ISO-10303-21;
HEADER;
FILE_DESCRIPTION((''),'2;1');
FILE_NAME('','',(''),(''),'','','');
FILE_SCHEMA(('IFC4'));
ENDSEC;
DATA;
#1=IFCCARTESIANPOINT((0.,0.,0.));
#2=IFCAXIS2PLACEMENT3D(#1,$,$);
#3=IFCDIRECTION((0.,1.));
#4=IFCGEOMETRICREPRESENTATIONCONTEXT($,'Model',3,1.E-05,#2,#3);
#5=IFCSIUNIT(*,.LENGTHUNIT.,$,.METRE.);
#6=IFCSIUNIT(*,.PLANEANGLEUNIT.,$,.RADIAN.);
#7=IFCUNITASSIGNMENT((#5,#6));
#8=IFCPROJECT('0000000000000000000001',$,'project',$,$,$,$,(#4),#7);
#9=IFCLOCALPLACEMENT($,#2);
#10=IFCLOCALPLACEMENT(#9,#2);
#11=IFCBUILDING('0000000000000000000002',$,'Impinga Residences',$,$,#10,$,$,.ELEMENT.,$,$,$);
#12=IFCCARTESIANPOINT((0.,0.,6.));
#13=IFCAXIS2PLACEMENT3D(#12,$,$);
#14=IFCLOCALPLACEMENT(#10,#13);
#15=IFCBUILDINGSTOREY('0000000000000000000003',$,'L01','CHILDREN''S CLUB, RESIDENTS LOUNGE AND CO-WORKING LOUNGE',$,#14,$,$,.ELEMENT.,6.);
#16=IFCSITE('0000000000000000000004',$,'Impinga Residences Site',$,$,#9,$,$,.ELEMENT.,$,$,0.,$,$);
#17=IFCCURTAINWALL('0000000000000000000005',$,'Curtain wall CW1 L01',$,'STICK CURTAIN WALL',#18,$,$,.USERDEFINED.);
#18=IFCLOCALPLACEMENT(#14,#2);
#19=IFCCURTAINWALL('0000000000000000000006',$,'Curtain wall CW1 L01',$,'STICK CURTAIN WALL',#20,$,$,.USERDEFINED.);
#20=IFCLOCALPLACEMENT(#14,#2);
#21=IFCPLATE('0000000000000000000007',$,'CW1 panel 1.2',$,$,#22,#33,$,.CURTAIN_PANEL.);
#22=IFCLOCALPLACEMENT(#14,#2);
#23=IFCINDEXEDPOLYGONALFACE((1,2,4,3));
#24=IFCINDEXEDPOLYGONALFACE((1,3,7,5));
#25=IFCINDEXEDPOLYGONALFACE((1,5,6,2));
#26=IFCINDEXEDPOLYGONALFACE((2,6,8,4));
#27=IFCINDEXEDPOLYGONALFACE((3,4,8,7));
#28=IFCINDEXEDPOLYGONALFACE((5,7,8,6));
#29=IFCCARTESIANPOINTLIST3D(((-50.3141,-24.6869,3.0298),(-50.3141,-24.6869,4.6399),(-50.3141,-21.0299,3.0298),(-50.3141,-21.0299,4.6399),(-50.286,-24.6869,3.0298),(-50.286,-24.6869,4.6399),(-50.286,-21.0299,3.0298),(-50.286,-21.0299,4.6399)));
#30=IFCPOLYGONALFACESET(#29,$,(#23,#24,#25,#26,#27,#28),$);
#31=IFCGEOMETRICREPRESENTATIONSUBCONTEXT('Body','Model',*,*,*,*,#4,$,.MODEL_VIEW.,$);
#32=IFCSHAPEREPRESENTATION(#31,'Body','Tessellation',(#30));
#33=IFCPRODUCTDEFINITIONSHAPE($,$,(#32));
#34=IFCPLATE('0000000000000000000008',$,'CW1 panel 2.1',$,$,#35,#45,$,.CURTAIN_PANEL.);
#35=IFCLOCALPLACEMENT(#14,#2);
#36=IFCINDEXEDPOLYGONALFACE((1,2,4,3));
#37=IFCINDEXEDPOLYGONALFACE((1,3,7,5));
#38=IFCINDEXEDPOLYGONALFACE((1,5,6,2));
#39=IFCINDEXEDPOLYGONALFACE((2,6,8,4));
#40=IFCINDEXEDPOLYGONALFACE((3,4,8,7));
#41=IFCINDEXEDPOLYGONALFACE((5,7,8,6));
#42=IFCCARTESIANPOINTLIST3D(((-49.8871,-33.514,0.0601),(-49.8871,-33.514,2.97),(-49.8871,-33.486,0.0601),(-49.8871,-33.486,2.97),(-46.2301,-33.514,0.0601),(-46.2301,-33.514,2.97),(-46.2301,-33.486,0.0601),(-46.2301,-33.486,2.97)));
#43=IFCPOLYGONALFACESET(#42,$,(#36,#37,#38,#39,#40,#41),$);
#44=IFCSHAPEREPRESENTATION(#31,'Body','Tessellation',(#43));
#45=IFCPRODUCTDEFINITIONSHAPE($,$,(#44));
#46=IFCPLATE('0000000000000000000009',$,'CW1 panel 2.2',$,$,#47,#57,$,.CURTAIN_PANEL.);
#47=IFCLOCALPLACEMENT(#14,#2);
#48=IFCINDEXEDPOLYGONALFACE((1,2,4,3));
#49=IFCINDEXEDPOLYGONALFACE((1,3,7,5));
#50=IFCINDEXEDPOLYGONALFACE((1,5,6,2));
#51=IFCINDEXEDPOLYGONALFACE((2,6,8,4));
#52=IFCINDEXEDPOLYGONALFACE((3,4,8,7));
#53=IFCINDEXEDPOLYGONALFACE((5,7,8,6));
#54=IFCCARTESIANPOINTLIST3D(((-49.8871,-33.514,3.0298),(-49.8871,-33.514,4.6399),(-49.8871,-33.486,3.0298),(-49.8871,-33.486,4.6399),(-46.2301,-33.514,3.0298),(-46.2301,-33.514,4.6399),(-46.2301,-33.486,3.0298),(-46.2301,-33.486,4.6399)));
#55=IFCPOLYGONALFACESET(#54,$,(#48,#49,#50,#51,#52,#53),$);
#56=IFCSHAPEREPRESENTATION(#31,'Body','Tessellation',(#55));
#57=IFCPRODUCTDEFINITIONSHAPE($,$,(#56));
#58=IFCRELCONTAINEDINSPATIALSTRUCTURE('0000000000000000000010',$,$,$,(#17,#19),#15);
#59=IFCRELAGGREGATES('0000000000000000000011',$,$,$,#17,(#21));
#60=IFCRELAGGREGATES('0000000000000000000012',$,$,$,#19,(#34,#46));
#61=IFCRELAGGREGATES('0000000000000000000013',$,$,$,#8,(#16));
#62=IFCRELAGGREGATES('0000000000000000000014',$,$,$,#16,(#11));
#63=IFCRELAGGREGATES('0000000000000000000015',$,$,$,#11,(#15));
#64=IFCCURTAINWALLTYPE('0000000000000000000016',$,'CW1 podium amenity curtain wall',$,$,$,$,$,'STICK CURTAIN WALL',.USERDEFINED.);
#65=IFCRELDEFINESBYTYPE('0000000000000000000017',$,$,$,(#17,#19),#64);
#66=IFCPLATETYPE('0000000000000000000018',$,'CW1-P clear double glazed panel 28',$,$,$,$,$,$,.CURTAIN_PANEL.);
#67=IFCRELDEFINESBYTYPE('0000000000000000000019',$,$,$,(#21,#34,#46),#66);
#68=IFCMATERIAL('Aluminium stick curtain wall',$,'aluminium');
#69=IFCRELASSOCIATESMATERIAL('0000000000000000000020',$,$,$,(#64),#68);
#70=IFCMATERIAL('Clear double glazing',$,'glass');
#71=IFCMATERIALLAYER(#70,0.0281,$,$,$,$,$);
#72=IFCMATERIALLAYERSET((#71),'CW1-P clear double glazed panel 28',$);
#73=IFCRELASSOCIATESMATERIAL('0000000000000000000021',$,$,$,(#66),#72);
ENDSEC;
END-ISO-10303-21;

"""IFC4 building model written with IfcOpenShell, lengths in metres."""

from ifc_helpers import new_model, si_unit, direction, frame, origin, origin_2d, place, context, subcontext, project, spatial, rectangle, extrude, material, layer, layer_set, type_object, element, aggregate, save


model = new_model("IFC4")

# Units and contexts
model_context = context("Model", 3, precision=1e-05, world=origin(), true_north=direction((0.0, 1.0)))
body_context = subcontext(model_context, "Body", "Model", "MODEL_VIEW")
ifc_project = project(units=[si_unit("LENGTHUNIT", "METRE"), si_unit("PLANEANGLEUNIT", "RADIAN")], contexts=[model_context])

# Site, building, storey
site_placement = place(None, origin())
site = spatial("IfcSite", under=ifc_project, at=site_placement, Name="Impinga Residences Site", CompositionType="ELEMENT", RefElevation=0.0)
building_placement = place(site_placement, origin())
building = spatial("IfcBuilding", under=site, at=building_placement, Name="Impinga Residences", CompositionType="ELEMENT")
storey_placement = place(building_placement, frame((0.0, 0.0, 6.0)))
storey = spatial("IfcBuildingStorey", under=building, at=storey_placement, Name="L01", Description="CHILDREN'S CLUB, RESIDENTS LOUNGE AND CO-WORKING LOUNGE", CompositionType="ELEMENT", Elevation=6.0)

# Curtain walls
ifc_material_1 = material(Name="Aluminium stick curtain wall", Category="aluminium")
curtain_wall_type = type_object("IfcCurtainWallType", Name="CW1 podium amenity curtain wall", ElementType="STICK CURTAIN WALL", PredefinedType="USERDEFINED", material=ifc_material_1)
curtain_wall_1_placement = place(storey_placement, origin())
curtain_wall_1 = element("IfcCurtainWall", 1, at=curtain_wall_1_placement, inside=storey, type_object=curtain_wall_type, Name="Curtain wall CW1 L01", ObjectType="STICK CURTAIN WALL", PredefinedType="USERDEFINED")
curtain_wall_2_placement = place(storey_placement, origin())
curtain_wall_2 = element("IfcCurtainWall", 2, at=curtain_wall_2_placement, inside=storey, type_object=curtain_wall_type, Name="Curtain wall CW1 L01", ObjectType="STICK CURTAIN WALL", PredefinedType="USERDEFINED")

# Plates
ifc_material_2 = material(Name="Clear double glazing", Category="glass")
ifc_layer = layer(ifc_material_2, 0.0281)
ifc_layer_set = layer_set([ifc_layer], Name="CW1-P clear double glazed panel 28")
plate_type = type_object("IfcPlateType", Name="CW1-P clear double glazed panel 28", PredefinedType="CURTAIN_PANEL", material=ifc_layer_set)
plate_1_placement = place(storey_placement, frame((-50.3, -22.8584, 3.0298), z_axis=(0.0, 0.0, 1.0), x_axis=(0.0, 1.0, 0.0)))
plate_1 = element("IfcPlate", 3, at=plate_1_placement, type_object=plate_type, Name="CW1 panel 1.2", PredefinedType="CURTAIN_PANEL", context=body_context, shape_type="SweptSolid", body=[
    extrude(rectangle(XDim=3.657, YDim=0.0281, at=origin_2d()), origin(), (0.0, 0.0, 1.0), 1.6101),
])
aggregate(curtain_wall_1, [plate_1])
plate_2_placement = place(storey_placement, frame((-48.0586, -33.5, 0.0601), z_axis=(0.0, 0.0, 1.0), x_axis=(-1.0, 0.0, 0.0)))
plate_2 = element("IfcPlate", 4, at=plate_2_placement, type_object=plate_type, Name="CW1 panel 2.1", PredefinedType="CURTAIN_PANEL", context=body_context, shape_type="SweptSolid", body=[
    extrude(rectangle(XDim=3.657, YDim=0.0281, at=origin_2d()), origin(), (0.0, 0.0, 1.0), 2.9099),
])
plate_3_placement = place(storey_placement, frame((-48.0586, -33.5, 3.0298), z_axis=(0.0, 0.0, 1.0), x_axis=(-1.0, 0.0, 0.0)))
plate_3 = element("IfcPlate", 5, at=plate_3_placement, type_object=plate_type, Name="CW1 panel 2.2", PredefinedType="CURTAIN_PANEL", context=body_context, shape_type="SweptSolid", body=[
    extrude(rectangle(XDim=3.657, YDim=0.0281, at=origin_2d()), origin(), (0.0, 0.0, 1.0), 1.6101),
])
aggregate(curtain_wall_2, [plate_2, plate_3])

save(model, "model.ifc")
